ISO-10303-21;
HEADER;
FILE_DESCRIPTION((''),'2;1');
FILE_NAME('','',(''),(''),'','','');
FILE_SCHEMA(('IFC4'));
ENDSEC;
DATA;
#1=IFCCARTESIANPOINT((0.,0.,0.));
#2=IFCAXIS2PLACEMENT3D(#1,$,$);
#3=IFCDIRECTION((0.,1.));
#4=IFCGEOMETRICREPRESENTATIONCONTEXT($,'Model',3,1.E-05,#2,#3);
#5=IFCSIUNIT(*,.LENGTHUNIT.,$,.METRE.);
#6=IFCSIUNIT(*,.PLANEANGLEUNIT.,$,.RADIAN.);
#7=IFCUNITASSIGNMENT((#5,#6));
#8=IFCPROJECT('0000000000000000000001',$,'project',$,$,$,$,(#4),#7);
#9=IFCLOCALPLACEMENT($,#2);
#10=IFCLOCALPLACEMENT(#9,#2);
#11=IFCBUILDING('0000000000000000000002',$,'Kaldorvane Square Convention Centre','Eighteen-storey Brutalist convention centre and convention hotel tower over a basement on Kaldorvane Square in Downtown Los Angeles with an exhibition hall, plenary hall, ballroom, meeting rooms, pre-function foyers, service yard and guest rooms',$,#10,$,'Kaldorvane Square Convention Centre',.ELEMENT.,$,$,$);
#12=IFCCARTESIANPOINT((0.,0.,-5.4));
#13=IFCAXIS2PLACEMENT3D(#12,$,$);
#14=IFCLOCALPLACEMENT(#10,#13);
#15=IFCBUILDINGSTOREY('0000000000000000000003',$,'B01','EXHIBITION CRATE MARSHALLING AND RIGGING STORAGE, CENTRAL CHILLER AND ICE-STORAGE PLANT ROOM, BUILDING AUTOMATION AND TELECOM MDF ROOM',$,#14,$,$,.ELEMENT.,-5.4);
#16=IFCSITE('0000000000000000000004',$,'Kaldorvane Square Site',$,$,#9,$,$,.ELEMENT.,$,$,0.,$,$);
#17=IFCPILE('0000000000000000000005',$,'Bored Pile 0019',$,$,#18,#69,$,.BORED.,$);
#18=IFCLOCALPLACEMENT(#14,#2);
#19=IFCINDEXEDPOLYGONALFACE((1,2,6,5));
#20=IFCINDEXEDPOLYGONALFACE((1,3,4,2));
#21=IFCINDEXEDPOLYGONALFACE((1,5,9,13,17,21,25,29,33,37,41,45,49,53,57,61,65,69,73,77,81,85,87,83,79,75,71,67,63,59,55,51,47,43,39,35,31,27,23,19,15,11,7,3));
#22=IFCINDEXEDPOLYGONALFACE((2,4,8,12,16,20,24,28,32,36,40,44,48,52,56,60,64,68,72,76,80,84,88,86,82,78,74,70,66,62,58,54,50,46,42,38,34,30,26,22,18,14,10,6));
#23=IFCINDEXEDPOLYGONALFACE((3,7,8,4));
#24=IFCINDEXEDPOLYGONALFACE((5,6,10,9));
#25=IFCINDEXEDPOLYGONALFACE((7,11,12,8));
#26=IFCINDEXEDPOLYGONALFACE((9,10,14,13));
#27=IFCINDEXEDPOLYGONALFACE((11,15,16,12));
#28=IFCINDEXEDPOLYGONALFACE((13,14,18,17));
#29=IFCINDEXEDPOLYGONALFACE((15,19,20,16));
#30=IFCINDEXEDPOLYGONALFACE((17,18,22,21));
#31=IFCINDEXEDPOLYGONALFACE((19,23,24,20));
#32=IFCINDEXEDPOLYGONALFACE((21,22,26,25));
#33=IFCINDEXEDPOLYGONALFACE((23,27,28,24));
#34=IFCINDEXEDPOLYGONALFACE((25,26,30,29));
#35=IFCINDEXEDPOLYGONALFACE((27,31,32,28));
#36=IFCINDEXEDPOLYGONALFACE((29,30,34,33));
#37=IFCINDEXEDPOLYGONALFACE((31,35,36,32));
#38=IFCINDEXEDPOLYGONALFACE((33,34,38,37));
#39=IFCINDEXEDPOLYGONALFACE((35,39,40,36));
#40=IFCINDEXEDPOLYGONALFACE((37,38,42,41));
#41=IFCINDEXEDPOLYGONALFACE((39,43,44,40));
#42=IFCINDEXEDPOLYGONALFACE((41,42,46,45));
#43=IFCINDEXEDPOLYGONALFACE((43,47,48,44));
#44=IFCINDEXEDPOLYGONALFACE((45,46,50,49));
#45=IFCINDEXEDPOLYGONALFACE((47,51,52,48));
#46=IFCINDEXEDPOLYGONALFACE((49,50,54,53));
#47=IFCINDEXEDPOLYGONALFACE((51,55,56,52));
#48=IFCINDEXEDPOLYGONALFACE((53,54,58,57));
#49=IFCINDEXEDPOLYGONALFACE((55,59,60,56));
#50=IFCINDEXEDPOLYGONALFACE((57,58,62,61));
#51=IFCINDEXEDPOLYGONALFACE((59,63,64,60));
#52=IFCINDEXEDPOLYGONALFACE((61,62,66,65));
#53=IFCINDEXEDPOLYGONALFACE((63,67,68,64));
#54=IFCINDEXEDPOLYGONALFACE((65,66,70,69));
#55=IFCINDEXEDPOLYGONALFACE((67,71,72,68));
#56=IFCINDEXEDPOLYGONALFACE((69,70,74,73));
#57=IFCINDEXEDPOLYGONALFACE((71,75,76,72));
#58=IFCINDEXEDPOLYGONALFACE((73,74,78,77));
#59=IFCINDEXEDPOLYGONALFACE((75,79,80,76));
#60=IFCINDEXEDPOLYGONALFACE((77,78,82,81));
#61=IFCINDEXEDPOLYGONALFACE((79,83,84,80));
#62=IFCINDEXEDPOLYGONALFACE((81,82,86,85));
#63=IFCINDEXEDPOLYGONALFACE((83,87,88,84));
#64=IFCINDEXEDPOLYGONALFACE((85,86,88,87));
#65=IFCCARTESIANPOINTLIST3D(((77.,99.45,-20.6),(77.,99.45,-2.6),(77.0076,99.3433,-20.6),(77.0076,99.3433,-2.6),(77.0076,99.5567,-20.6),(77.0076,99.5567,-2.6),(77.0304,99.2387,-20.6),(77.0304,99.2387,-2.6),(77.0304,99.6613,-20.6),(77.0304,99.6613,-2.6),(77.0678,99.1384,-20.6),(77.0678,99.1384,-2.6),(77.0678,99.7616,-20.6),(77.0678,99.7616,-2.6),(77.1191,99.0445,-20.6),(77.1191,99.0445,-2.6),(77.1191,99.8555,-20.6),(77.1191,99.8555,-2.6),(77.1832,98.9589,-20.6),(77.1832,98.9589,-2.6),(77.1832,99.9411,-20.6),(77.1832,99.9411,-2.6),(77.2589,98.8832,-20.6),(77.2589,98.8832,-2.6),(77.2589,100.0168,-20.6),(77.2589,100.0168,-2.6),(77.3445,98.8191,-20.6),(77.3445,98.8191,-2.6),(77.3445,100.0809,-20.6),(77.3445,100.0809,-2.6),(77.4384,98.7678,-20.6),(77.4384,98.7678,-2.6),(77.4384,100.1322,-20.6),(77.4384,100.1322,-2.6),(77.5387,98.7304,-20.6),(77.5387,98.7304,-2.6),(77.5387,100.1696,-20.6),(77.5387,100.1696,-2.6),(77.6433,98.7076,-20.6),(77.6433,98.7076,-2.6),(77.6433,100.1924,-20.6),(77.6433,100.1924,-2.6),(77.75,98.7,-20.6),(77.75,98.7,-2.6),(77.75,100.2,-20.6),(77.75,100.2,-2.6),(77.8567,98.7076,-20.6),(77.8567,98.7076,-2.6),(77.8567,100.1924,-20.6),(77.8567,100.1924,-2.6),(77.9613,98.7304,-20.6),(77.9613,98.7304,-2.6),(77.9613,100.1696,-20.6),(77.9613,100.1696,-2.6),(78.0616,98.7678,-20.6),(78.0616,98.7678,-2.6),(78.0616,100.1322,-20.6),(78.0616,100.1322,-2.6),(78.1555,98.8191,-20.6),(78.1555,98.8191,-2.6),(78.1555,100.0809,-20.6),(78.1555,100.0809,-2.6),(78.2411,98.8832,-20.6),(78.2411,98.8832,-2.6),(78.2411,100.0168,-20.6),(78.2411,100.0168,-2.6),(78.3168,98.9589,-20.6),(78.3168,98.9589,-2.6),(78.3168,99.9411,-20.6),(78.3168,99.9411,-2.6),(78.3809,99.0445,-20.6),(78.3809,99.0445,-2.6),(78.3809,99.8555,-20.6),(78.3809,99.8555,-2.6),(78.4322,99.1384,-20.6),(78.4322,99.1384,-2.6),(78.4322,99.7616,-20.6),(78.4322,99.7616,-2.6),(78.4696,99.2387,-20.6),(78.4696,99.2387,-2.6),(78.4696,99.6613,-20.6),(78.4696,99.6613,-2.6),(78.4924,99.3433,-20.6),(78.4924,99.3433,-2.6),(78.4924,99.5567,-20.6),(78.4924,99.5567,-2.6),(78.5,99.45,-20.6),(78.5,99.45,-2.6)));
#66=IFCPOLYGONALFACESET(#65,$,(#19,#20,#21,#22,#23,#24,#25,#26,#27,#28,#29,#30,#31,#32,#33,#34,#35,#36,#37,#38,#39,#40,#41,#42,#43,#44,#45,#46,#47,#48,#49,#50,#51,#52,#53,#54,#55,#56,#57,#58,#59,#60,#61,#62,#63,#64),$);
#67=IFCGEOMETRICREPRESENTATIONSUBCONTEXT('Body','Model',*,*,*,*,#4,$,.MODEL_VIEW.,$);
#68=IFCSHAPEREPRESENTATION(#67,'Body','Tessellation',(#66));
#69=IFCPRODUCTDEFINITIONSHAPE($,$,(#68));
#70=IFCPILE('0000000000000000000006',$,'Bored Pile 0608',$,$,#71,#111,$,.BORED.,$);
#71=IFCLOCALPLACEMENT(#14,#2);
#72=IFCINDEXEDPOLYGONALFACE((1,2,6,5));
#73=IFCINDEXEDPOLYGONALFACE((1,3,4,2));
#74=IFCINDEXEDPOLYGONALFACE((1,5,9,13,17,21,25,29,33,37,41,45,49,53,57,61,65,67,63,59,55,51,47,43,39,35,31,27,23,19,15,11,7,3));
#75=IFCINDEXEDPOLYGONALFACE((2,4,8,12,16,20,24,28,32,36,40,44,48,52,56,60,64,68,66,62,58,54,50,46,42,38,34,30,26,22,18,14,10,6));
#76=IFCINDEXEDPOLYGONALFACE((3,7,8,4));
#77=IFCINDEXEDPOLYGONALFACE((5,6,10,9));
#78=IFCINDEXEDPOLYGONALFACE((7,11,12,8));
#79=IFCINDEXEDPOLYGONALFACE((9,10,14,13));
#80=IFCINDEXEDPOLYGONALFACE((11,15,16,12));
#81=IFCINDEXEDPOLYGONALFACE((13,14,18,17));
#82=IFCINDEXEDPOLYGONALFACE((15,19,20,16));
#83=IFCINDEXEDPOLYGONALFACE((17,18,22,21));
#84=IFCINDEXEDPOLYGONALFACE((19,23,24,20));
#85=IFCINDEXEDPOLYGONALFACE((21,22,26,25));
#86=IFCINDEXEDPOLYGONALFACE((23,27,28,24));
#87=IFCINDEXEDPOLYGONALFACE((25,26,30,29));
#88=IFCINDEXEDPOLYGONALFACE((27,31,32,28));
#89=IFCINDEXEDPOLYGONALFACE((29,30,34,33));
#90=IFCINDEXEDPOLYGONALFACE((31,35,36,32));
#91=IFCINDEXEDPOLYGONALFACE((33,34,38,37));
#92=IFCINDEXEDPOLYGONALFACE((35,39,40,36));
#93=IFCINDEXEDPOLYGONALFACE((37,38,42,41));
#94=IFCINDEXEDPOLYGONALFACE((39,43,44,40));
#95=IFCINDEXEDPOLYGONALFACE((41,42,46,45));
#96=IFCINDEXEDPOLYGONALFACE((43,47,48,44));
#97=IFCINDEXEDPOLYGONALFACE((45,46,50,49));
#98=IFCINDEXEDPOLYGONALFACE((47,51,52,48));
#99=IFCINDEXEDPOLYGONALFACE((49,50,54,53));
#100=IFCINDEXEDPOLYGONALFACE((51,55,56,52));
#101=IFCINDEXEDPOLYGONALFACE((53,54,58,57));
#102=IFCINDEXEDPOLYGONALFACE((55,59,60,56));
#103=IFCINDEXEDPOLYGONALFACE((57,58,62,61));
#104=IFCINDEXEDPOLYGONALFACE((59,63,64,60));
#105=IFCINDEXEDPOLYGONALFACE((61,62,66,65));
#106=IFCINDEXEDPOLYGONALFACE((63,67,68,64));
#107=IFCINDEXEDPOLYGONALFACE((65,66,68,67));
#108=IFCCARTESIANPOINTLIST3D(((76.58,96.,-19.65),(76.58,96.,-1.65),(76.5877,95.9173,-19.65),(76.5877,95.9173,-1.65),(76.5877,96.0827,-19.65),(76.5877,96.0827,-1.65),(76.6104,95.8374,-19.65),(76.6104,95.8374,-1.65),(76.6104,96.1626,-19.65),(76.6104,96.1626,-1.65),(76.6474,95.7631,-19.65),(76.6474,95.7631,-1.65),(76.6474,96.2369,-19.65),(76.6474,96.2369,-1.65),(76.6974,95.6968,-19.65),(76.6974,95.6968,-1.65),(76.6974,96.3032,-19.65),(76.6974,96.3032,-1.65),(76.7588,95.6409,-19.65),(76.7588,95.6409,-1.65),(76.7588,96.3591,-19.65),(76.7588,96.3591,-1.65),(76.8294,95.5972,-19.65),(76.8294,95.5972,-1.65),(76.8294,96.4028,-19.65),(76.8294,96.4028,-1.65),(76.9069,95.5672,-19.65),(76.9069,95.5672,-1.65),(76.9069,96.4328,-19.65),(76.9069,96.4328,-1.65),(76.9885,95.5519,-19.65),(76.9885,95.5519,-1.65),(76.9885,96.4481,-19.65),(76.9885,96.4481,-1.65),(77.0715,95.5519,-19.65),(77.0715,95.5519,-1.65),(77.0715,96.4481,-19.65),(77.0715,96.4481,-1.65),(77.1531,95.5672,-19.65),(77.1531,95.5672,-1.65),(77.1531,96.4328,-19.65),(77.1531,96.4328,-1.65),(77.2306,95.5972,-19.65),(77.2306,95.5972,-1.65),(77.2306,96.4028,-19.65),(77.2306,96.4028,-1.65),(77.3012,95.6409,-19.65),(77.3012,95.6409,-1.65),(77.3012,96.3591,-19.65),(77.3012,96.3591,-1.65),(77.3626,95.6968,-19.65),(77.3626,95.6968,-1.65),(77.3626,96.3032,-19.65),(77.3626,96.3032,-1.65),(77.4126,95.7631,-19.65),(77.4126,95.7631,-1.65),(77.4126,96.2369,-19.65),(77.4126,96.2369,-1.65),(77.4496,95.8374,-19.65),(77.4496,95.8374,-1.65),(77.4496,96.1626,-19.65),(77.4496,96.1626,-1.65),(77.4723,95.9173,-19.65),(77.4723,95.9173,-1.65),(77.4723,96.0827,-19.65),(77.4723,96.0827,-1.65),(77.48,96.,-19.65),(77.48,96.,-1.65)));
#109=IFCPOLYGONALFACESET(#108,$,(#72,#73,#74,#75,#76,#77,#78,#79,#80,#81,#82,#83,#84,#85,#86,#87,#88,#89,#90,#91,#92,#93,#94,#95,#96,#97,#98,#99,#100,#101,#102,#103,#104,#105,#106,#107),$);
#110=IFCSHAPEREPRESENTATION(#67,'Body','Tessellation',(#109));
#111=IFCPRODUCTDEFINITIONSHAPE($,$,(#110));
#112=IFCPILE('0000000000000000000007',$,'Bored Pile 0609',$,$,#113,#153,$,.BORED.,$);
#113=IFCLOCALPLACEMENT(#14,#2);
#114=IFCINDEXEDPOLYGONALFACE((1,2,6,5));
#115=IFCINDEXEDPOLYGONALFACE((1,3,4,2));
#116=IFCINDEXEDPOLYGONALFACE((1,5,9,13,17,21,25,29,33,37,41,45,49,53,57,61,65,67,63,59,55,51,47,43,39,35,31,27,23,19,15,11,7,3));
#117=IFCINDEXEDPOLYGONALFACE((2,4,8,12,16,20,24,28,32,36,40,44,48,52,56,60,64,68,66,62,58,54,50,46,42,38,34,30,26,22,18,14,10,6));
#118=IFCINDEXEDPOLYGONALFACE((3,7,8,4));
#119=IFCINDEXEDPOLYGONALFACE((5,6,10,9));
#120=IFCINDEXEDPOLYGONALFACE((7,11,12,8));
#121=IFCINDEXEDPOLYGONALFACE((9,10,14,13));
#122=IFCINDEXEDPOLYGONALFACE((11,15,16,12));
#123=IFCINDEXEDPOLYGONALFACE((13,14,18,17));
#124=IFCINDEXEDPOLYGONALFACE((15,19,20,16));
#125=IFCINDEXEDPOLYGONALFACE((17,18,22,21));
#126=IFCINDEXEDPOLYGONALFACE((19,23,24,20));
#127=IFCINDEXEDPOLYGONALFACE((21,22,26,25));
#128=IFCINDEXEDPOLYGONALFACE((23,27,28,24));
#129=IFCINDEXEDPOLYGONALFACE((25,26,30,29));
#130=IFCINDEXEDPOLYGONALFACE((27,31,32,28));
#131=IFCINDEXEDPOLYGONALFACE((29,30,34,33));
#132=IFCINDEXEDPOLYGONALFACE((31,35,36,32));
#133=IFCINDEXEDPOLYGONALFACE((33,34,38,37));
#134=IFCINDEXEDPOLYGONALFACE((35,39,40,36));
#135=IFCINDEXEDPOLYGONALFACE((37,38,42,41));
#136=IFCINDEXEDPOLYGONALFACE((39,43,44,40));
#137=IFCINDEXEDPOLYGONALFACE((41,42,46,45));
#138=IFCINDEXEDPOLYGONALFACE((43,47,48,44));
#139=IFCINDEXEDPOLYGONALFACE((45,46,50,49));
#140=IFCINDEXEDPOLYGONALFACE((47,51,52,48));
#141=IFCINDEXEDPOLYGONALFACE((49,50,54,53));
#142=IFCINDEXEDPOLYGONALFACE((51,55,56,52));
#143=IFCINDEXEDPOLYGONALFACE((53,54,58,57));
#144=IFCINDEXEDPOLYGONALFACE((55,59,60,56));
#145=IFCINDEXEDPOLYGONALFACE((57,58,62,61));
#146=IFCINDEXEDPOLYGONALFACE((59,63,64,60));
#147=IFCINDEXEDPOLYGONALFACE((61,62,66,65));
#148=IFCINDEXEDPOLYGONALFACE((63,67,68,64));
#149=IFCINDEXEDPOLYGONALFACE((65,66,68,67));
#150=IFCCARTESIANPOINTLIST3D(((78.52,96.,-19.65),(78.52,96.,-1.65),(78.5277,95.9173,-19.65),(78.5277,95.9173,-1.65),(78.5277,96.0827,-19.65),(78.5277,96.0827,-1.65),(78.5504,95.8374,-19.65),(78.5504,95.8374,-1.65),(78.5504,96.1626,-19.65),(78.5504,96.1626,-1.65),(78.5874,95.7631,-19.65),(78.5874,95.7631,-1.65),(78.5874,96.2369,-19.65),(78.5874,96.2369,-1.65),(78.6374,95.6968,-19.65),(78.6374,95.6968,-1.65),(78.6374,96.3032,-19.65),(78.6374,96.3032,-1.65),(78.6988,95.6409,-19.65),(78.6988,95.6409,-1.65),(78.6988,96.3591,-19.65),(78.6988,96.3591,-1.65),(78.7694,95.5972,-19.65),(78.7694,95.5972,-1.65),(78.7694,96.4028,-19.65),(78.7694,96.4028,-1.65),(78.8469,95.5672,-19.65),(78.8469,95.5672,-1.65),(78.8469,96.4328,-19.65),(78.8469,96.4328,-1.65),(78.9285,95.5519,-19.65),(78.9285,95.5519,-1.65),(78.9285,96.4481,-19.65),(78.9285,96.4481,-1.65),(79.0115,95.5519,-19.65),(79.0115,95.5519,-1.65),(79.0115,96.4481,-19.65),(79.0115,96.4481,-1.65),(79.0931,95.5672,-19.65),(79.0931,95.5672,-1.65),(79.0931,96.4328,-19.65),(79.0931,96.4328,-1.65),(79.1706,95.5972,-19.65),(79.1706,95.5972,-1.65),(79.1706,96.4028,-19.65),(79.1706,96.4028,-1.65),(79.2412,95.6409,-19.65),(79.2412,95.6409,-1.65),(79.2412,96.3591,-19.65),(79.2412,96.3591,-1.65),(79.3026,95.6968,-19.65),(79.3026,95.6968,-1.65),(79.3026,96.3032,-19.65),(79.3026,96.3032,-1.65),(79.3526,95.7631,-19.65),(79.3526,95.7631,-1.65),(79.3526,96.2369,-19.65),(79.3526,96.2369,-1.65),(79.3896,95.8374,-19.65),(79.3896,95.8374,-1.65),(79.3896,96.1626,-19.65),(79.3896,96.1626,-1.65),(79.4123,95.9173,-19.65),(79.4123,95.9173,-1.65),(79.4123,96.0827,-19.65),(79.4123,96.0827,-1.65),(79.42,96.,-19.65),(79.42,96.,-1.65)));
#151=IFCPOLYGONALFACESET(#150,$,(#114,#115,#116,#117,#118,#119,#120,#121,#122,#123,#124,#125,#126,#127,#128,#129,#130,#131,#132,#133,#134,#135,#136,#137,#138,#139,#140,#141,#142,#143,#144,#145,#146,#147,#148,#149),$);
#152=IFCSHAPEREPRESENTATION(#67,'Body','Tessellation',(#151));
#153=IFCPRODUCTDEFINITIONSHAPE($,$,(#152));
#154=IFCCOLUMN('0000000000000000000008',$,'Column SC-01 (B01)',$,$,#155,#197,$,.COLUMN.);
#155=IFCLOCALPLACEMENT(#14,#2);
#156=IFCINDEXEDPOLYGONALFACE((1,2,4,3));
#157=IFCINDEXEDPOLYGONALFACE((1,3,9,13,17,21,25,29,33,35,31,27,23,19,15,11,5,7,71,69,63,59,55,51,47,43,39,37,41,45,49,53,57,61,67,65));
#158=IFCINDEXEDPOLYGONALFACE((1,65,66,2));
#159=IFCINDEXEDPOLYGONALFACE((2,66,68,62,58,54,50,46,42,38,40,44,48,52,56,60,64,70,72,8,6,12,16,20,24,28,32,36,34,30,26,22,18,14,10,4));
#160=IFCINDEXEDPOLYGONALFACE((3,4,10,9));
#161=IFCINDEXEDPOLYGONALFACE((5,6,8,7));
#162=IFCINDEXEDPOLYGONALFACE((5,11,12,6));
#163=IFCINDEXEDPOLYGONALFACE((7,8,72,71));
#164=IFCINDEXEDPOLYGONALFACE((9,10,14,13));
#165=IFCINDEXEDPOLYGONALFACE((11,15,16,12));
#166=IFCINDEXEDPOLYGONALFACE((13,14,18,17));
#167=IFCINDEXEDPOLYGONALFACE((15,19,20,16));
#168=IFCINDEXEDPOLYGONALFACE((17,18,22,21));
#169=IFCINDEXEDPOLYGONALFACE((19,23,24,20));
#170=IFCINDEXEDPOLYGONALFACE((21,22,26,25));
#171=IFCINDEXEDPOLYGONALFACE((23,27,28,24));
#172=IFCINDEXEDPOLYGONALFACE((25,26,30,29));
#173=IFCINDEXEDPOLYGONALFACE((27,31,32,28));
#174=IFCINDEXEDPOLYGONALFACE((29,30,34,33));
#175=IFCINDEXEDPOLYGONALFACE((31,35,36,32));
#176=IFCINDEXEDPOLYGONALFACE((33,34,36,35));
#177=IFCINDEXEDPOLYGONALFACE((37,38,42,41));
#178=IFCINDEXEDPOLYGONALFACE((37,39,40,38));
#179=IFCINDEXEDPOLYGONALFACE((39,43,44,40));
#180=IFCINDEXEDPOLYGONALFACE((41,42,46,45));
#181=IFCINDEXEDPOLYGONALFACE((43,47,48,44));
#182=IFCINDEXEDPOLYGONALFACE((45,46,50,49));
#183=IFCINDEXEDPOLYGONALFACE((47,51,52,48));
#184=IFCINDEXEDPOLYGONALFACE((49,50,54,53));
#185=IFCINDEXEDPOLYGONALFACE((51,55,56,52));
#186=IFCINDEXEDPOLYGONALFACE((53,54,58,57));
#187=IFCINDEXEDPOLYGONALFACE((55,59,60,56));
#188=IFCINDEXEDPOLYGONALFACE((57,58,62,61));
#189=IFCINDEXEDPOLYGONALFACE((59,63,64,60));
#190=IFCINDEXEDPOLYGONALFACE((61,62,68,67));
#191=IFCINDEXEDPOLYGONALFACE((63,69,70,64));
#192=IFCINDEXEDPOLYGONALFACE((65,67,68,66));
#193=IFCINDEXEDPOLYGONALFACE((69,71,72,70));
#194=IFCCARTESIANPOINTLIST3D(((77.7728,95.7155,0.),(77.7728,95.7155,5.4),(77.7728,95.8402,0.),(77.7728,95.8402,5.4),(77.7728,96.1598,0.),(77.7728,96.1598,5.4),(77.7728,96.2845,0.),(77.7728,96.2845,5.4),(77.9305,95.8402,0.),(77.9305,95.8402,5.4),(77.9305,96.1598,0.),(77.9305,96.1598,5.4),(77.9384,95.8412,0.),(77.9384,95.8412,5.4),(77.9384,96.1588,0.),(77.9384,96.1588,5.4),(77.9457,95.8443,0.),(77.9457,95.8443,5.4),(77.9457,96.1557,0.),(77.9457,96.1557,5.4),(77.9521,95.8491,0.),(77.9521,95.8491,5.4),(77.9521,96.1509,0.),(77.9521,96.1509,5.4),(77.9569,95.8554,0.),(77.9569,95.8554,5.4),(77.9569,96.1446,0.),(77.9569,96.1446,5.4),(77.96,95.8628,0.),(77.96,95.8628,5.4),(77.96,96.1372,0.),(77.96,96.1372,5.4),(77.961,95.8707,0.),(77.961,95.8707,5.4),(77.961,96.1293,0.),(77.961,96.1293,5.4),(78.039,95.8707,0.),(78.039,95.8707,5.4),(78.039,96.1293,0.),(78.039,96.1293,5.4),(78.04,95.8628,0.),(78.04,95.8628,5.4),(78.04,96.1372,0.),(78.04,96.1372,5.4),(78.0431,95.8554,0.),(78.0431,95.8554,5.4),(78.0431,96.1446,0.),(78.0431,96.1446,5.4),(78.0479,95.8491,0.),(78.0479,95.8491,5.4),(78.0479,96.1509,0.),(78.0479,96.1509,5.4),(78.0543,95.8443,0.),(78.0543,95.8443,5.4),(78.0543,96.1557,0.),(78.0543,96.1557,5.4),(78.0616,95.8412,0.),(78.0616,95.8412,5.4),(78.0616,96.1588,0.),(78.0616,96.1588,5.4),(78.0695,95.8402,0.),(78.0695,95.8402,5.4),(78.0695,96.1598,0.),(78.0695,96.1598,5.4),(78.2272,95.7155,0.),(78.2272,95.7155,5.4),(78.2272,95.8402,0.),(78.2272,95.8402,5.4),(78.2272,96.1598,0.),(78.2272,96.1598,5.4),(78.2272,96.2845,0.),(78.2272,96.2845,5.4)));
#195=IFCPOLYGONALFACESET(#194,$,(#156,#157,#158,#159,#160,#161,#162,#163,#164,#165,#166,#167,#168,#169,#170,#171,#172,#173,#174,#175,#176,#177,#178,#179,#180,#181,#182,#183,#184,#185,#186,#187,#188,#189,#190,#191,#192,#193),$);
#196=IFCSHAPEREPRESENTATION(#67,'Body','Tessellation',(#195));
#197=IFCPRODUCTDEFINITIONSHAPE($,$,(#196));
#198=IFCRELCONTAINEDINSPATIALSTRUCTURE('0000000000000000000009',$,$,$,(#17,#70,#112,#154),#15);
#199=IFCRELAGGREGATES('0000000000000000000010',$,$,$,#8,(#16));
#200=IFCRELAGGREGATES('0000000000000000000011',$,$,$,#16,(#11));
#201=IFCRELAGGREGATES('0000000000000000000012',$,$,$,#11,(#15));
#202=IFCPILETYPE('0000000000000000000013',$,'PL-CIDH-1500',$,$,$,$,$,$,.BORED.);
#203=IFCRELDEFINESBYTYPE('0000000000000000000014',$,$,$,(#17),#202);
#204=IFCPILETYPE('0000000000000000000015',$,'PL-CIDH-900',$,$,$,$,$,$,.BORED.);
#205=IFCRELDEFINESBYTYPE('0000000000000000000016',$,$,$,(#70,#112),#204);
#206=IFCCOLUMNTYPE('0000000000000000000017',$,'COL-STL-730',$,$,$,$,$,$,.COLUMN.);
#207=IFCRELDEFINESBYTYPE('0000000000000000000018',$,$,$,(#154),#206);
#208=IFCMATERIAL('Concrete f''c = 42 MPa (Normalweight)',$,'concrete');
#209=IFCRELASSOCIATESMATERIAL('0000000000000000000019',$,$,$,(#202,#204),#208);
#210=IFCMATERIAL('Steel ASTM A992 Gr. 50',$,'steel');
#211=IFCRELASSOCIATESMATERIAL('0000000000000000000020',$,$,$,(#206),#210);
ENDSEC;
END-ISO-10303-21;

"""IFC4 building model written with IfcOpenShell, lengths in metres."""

from ifc_helpers import new_model, si_unit, direction, frame, origin, origin_2d, place, context, subcontext, project, spatial, circle, i_section, extrude, material, material_profile, profile_set, type_object, element, save


model = new_model("IFC4")

# Units and contexts
model_context = context("Model", 3, precision=1e-05, world=origin(), true_north=direction((0.0, 1.0)))
body_context = subcontext(model_context, "Body", "Model", "MODEL_VIEW")
ifc_project = project(units=[si_unit("LENGTHUNIT", "METRE"), si_unit("PLANEANGLEUNIT", "RADIAN")], contexts=[model_context])

# Site, building, storey
site_placement = place(None, origin())
site = spatial("IfcSite", under=ifc_project, at=site_placement, Name="Kaldorvane Square Site", CompositionType="ELEMENT", RefElevation=0.0)
building_placement = place(site_placement, origin())
building = spatial("IfcBuilding", under=site, at=building_placement, Name="Kaldorvane Square Convention Centre", Description="Eighteen-storey Brutalist convention centre and convention hotel tower over a basement on Kaldorvane Square in Downtown Los Angeles with an exhibition hall, plenary hall, ballroom, meeting rooms, pre-function foyers, service yard and guest rooms", LongName="Kaldorvane Square Convention Centre", CompositionType="ELEMENT")
storey_placement = place(building_placement, frame((0.0, 0.0, -5.4)))
storey = spatial("IfcBuildingStorey", under=building, at=storey_placement, Name="B01", Description="EXHIBITION CRATE MARSHALLING AND RIGGING STORAGE, CENTRAL CHILLER AND ICE-STORAGE PLANT ROOM, BUILDING AUTOMATION AND TELECOM MDF ROOM", CompositionType="ELEMENT", Elevation=-5.4)

# Shared definitions
ifc_material_1 = material(Name="Concrete f'c = 42 MPa (Normalweight)", Category="concrete")

# Piles
ifc_material_profile_1 = material_profile(ifc_material_1, circle(Radius=0.75, at=origin_2d()), Name="PILE-D1500")
ifc_profile_set_1 = profile_set([ifc_material_profile_1], Name="Concrete f'c = 42 MPa (Normalweight)")
pile_type_1 = type_object("IfcPileType", Name="PL-CIDH-1500", PredefinedType="BORED", material=ifc_profile_set_1)
for number, where, z_axis, x_axis, name in (
    (1, (77.75, 99.45, -2.6), (0.0, 0.0, -1.0), (1.0, 0.0, 0.0), "Bored Pile 0019"),
):
    element("IfcPile", number, at=place(storey_placement, frame(where, z_axis=z_axis, x_axis=x_axis)), inside=storey, type_object=pile_type_1, Name=name, PredefinedType="BORED", context=body_context, shape_type="SweptSolid", body=[
        extrude(circle(Radius=0.75, at=origin_2d()), origin(), (0.0, 0.0, 1.0), 18.0),
    ])
ifc_material_profile_2 = material_profile(ifc_material_1, circle(Radius=0.45, at=origin_2d()), Name="PILE-D900")
ifc_profile_set_2 = profile_set([ifc_material_profile_2], Name="Concrete f'c = 42 MPa (Normalweight)")
pile_type_2 = type_object("IfcPileType", Name="PL-CIDH-900", PredefinedType="BORED", material=ifc_profile_set_2)
for number, where, z_axis, x_axis, name in (
    (2, (77.03, 96.0, -1.65), (0.0, 0.0, -1.0), (1.0, 0.0, 0.0), "Bored Pile 0608"),
    (3, (78.97, 96.0, -1.65), (0.0, 0.0, -1.0), (1.0, 0.0, 0.0), "Bored Pile 0609"),
):
    element("IfcPile", number, at=place(storey_placement, frame(where, z_axis=z_axis, x_axis=x_axis)), inside=storey, type_object=pile_type_2, Name=name, PredefinedType="BORED", context=body_context, shape_type="SweptSolid", body=[
        extrude(circle(Radius=0.45, at=origin_2d()), origin(), (0.0, 0.0, 1.0), 18.0),
    ])

# Column
ifc_material_2 = material(Name="Steel ASTM A992 Gr. 50", Category="steel")
ifc_material_profile_3 = material_profile(ifc_material_2, i_section(OverallWidth=0.4544, OverallDepth=0.569, WebThickness=0.078, FlangeThickness=0.1247, FilletRadius=0.0305, at=origin_2d()), Name="W14X730")
ifc_profile_set_3 = profile_set([ifc_material_profile_3], Name="Steel ASTM A992 Gr. 50")
column_type = type_object("IfcColumnType", Name="COL-STL-730", PredefinedType="COLUMN", material=ifc_profile_set_3)
for number, where, z_axis, x_axis, name in (
    (4, (78.0, 96.0, 0.0), (0.0, 0.0, 1.0), (1.0, 0.0, 0.0), "Column SC-01 (B01)"),
):
    element("IfcColumn", number, at=place(storey_placement, frame(where, z_axis=z_axis, x_axis=x_axis)), inside=storey, type_object=column_type, Name=name, PredefinedType="COLUMN", context=body_context, shape_type="SweptSolid", body=[
        extrude(i_section(OverallWidth=0.4544, OverallDepth=0.569, WebThickness=0.078, FlangeThickness=0.1247, FilletRadius=0.0305, at=origin_2d()), origin(), (0.0, 0.0, 1.0), 5.4),
    ])

save(model, "model.ifc")
